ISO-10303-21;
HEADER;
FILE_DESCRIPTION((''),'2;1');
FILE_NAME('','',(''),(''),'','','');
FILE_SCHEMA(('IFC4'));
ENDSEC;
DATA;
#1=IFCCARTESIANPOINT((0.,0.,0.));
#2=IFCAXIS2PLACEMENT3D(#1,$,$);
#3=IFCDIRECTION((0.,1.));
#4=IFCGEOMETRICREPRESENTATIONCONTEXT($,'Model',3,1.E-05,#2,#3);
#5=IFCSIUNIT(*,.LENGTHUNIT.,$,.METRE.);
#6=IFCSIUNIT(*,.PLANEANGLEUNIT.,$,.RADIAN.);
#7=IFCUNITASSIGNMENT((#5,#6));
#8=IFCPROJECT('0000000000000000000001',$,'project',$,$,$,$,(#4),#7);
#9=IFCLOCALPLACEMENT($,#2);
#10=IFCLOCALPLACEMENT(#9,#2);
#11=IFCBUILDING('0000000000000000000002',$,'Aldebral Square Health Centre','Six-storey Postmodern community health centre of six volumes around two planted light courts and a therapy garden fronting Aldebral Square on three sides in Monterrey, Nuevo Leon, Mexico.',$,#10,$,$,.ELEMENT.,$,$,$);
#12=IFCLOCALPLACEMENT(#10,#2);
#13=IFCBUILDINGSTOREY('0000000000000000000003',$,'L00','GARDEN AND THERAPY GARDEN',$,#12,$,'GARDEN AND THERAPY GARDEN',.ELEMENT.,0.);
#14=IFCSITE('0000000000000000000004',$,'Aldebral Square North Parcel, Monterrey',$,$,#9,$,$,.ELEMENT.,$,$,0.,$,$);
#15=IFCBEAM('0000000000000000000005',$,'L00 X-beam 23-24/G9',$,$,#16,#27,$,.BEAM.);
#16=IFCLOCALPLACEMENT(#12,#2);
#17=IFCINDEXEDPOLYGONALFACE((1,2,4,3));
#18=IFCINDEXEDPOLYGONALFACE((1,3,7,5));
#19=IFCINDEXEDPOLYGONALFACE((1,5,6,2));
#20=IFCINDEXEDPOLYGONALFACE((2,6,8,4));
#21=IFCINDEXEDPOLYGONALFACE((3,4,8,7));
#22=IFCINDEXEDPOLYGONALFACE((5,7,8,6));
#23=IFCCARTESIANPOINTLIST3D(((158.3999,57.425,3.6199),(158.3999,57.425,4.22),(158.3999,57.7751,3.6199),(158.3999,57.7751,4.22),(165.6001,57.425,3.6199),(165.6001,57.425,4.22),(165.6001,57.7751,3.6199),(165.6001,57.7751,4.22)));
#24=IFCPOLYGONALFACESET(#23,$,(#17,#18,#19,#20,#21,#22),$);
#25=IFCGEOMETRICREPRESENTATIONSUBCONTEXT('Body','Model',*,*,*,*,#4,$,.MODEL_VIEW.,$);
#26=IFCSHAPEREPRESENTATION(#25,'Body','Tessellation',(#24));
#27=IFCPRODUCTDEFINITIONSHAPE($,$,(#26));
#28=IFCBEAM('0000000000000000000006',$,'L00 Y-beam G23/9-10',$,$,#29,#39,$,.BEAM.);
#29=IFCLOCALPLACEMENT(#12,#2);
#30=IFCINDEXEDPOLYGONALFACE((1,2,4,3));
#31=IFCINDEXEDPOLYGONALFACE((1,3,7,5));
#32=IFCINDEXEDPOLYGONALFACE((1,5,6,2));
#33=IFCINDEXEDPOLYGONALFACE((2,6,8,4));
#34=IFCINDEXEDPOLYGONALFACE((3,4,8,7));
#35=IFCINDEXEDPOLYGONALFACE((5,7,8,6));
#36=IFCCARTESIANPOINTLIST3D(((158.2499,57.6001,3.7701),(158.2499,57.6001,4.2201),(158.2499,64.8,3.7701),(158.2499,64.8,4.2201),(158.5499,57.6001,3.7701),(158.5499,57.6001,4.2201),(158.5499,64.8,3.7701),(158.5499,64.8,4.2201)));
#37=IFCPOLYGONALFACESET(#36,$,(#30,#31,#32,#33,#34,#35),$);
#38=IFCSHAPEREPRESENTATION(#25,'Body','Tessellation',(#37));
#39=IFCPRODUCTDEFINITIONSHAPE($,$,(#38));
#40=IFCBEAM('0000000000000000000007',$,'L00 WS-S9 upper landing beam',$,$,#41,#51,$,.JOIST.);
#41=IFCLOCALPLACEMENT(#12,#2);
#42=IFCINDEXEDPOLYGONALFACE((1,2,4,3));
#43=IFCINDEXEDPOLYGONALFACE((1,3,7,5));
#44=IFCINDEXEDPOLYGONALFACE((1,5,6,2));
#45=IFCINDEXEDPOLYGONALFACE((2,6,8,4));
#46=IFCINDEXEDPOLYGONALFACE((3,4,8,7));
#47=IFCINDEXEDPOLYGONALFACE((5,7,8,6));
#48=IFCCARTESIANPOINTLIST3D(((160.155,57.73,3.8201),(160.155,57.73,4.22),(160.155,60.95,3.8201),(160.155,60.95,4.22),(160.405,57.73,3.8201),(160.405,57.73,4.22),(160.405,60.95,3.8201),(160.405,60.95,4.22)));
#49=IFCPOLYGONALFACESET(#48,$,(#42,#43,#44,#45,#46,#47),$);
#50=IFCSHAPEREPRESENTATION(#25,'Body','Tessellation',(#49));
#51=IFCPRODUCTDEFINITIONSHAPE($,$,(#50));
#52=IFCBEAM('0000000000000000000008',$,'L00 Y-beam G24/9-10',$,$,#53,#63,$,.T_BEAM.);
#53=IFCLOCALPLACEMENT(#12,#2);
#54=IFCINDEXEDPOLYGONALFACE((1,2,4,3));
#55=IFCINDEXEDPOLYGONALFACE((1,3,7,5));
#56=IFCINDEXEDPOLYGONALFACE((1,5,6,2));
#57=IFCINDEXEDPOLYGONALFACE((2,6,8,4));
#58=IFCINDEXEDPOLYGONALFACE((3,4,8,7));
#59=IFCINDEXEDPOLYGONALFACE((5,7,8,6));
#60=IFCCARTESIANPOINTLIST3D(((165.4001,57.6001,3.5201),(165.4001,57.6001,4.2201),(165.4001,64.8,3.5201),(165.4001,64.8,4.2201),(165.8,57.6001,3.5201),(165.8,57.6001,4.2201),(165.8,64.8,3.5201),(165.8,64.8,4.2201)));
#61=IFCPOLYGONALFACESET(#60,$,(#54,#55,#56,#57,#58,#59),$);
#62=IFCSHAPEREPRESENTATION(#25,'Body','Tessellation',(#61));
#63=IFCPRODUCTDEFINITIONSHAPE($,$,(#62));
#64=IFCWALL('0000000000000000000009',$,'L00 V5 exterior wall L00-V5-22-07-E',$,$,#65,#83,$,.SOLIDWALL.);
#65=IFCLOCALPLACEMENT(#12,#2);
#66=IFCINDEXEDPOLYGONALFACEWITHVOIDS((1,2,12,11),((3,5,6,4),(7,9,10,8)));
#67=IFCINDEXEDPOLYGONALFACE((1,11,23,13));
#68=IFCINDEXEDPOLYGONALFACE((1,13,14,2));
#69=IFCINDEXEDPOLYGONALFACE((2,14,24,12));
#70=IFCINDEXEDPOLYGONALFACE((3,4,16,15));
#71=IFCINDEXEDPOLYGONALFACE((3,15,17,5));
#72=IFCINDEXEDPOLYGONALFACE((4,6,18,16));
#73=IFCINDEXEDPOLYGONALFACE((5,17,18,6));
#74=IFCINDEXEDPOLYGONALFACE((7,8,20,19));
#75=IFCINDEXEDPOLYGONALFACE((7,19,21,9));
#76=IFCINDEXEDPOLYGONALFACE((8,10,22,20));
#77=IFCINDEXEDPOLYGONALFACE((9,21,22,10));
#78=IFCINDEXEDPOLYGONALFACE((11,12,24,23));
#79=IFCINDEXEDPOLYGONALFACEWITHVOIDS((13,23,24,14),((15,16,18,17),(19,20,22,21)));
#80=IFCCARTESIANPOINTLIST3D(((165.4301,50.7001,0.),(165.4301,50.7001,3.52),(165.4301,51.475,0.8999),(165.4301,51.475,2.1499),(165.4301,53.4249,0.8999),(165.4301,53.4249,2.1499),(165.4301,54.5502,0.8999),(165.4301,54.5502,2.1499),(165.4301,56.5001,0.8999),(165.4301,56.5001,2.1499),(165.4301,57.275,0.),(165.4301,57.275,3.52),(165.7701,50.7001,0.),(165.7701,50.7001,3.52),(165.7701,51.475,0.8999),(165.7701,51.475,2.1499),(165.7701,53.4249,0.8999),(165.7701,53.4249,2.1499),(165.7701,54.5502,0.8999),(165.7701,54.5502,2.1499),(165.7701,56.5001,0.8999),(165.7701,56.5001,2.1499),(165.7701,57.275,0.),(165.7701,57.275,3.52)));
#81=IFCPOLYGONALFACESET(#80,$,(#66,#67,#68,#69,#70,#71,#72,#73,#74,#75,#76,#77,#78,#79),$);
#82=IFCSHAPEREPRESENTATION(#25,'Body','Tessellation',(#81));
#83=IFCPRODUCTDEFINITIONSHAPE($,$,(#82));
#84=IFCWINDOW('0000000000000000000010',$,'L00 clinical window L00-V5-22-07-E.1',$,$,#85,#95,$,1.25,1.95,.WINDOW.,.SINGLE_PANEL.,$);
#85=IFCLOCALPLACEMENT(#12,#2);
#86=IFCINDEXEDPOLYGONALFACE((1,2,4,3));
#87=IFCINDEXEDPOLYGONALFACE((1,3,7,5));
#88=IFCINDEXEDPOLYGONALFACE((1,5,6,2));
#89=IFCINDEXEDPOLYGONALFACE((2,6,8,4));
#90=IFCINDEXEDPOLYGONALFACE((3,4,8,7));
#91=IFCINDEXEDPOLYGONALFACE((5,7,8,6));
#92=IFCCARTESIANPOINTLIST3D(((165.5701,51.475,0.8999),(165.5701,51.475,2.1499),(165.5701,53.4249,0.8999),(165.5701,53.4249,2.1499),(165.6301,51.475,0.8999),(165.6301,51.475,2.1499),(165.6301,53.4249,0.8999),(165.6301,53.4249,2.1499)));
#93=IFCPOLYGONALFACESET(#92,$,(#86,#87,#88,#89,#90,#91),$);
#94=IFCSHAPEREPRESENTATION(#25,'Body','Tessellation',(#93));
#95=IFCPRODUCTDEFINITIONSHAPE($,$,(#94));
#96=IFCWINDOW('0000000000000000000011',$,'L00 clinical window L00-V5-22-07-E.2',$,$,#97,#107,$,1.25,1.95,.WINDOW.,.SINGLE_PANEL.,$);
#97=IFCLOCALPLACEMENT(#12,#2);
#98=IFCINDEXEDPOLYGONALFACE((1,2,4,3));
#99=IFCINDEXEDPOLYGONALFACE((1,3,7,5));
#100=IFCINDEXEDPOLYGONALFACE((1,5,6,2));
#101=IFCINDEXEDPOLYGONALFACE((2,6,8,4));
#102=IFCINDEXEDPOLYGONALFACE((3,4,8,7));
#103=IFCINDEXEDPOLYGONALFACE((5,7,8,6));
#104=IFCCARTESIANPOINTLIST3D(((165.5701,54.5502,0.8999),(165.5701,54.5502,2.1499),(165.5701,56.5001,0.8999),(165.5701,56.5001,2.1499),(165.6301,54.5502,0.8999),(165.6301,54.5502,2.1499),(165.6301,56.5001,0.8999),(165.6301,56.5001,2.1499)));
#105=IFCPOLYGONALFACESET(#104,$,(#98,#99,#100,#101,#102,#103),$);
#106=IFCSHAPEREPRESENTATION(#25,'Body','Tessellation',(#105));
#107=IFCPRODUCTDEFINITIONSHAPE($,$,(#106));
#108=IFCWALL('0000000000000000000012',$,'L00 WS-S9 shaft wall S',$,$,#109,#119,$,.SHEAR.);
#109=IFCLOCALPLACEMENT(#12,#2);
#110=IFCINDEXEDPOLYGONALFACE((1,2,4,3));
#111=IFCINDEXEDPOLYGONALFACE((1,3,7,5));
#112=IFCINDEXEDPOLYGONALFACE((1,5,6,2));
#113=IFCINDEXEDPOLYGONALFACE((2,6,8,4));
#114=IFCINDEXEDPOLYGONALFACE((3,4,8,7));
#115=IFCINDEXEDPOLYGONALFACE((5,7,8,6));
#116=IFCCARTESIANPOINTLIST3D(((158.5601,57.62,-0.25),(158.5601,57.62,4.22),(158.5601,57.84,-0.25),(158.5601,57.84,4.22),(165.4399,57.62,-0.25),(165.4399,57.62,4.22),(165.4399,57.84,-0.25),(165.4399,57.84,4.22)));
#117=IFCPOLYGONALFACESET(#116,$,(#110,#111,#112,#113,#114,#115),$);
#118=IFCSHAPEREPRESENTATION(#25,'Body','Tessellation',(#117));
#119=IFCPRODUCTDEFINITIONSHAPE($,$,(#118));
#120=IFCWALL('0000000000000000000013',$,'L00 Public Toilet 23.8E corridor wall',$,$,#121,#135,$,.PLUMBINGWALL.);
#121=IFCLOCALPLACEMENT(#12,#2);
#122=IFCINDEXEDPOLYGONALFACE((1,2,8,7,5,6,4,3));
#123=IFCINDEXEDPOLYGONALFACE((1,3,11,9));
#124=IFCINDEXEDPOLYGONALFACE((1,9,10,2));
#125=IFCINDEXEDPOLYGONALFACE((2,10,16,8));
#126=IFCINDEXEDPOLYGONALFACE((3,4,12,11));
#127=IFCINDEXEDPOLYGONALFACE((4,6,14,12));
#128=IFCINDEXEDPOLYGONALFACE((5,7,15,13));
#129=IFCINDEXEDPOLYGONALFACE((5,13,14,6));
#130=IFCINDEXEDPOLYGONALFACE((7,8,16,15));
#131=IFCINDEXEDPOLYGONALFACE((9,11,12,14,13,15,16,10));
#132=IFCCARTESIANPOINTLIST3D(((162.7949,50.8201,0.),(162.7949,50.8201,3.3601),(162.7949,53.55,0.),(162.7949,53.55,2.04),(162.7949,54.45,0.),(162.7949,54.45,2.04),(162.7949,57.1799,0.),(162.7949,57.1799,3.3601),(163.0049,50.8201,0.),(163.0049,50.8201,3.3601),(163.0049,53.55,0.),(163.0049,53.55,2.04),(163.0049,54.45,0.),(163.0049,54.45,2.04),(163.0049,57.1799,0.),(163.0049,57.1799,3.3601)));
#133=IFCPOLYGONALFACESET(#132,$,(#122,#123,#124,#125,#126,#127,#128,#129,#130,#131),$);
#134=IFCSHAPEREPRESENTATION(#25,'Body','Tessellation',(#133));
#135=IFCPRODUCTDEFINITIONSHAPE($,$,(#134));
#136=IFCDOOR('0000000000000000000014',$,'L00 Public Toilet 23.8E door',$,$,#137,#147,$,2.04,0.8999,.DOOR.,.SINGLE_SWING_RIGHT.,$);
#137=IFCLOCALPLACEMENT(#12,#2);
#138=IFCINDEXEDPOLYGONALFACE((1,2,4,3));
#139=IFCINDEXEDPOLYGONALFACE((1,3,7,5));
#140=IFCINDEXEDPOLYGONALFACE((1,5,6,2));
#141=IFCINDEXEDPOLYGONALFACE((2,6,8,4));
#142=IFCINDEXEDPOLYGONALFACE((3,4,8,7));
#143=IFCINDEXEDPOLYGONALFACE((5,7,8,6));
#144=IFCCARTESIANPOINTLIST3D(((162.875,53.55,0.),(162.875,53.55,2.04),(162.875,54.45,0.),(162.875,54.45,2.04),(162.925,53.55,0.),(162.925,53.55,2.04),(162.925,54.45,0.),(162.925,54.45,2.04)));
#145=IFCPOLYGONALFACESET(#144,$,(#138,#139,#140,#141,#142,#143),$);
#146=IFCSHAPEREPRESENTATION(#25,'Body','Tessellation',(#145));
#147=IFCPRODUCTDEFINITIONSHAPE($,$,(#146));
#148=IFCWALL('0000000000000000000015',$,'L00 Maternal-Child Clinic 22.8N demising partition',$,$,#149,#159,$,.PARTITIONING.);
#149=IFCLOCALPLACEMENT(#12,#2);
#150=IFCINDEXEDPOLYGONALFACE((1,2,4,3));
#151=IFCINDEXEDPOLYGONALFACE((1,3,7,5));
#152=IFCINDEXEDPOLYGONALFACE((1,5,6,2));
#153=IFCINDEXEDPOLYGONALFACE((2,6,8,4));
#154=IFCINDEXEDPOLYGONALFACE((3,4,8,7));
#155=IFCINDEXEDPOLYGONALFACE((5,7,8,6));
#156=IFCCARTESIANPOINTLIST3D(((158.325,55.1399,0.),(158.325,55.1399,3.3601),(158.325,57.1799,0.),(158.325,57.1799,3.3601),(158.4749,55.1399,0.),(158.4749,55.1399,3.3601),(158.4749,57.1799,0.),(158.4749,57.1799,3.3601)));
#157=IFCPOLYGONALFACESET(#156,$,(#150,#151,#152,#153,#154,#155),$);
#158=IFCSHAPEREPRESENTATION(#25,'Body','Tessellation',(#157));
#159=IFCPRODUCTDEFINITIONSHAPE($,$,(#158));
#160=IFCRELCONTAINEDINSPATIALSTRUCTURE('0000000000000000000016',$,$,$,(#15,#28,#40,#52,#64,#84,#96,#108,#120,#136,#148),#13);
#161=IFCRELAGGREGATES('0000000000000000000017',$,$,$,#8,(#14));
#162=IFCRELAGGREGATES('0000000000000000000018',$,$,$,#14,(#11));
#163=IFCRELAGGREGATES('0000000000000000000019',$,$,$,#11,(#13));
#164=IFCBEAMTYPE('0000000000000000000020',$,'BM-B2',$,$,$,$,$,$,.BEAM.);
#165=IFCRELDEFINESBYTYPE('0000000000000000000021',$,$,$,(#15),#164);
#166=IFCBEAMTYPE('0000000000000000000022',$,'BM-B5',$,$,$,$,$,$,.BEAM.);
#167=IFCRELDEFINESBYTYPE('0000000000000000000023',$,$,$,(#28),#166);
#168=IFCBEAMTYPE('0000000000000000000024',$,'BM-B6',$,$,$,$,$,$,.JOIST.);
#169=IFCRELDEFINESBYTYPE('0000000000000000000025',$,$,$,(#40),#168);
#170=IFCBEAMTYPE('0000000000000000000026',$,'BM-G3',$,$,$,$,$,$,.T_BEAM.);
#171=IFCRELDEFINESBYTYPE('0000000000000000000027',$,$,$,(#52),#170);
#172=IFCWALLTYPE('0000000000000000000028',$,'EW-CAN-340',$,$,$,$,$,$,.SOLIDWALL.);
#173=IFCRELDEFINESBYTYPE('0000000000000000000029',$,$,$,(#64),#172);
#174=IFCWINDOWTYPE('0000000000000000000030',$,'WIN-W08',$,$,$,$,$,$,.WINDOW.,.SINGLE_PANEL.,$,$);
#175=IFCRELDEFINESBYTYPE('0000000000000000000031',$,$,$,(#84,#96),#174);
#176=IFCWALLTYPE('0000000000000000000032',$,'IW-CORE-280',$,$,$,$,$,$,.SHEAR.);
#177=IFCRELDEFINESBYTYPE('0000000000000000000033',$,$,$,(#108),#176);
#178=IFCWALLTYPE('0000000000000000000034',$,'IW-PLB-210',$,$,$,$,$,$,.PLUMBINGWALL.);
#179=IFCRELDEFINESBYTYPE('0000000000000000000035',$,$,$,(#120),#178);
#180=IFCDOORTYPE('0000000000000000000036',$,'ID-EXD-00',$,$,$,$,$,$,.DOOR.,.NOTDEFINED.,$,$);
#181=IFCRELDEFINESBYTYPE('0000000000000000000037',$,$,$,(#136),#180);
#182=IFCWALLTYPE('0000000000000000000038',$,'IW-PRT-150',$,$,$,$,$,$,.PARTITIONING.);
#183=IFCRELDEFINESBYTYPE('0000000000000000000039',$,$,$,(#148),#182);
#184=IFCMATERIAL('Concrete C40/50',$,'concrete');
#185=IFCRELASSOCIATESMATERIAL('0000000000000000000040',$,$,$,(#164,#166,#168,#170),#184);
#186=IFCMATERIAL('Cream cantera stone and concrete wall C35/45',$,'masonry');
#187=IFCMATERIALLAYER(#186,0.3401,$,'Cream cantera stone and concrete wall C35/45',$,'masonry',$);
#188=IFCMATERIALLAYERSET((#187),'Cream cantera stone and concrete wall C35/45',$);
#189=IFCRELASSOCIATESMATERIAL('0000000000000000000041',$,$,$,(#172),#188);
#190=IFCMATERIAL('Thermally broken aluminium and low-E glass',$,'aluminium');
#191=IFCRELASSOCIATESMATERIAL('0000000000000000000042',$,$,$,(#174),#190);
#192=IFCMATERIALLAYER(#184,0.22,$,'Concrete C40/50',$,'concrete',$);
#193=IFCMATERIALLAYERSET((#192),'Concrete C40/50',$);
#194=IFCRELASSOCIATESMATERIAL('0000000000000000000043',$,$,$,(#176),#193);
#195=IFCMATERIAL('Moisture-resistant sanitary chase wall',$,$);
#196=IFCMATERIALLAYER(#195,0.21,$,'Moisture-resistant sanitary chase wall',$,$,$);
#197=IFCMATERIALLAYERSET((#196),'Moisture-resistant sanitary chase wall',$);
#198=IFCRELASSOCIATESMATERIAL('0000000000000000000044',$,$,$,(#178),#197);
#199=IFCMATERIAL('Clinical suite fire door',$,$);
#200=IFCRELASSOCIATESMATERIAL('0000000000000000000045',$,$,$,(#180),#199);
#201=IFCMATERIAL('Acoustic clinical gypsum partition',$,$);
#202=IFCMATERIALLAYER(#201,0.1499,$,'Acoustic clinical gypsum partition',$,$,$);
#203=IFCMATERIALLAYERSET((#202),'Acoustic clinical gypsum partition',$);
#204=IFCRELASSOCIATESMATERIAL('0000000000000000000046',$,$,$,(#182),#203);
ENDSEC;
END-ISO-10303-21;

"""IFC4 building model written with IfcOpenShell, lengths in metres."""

from ifc_helpers import new_model, si_unit, direction, frame, frame_2d, origin, origin_2d, place, context, subcontext, project, spatial, rectangle, extrude, material, layer, layer_set, material_profile, profile_set, type_object, element, fill, save


model = new_model("IFC4")

# Units and contexts
model_context = context("Model", 3, precision=1e-05, world=origin(), true_north=direction((0.0, 1.0)))
body_context = subcontext(model_context, "Body", "Model", "MODEL_VIEW")
ifc_project = project(units=[si_unit("LENGTHUNIT", "METRE"), si_unit("PLANEANGLEUNIT", "RADIAN")], contexts=[model_context])

# Site, building, storey
site_placement = place(None, origin())
site = spatial("IfcSite", under=ifc_project, at=site_placement, Name="Aldebral Square North Parcel, Monterrey", CompositionType="ELEMENT", RefElevation=0.0)
building_placement = place(site_placement, origin())
building = spatial("IfcBuilding", under=site, at=building_placement, Name="Aldebral Square Health Centre", Description="Six-storey Postmodern community health centre of six volumes around two planted light courts and a therapy garden fronting Aldebral Square on three sides in Monterrey, Nuevo Leon, Mexico.", CompositionType="ELEMENT")
storey_placement = place(building_placement, origin())
storey = spatial("IfcBuildingStorey", under=building, at=storey_placement, Name="L00", Description="GARDEN AND THERAPY GARDEN", LongName="GARDEN AND THERAPY GARDEN", CompositionType="ELEMENT", Elevation=0.0)

# Shared definitions
ifc_material_1 = material(Name="Concrete C40/50", Category="concrete")

# Beams
ifc_material_profile_1 = material_profile(ifc_material_1, rectangle(XDim=0.3501, YDim=0.6001, at=origin_2d()), Name="RC 350x600")
ifc_profile_set_1 = profile_set([ifc_material_profile_1], Name="Concrete C40/50")
beam_type_1 = type_object("IfcBeamType", Name="BM-B2", PredefinedType="BEAM", material=ifc_profile_set_1)
beam_1_placement = place(storey_placement, frame((158.3999, 57.6001, 3.9199), z_axis=(1.0, 0.0, 0.0), x_axis=(0.0, 1.0, 0.0)))
element("IfcBeam", 1, at=beam_1_placement, inside=storey, type_object=beam_type_1, Name="L00 X-beam 23-24/G9", PredefinedType="BEAM", context=body_context, shape_type="SweptSolid", body=[
    extrude(rectangle(XDim=0.3501, YDim=0.6001, at=origin_2d()), origin(), (0.0, 0.0, 1.0), 7.2002),
])
ifc_material_profile_2 = material_profile(ifc_material_1, rectangle(XDim=0.3, YDim=0.45, at=origin_2d()), Name="RC 300x450")
ifc_profile_set_2 = profile_set([ifc_material_profile_2], Name="Concrete C40/50")
beam_type_2 = type_object("IfcBeamType", Name="BM-B5", PredefinedType="BEAM", material=ifc_profile_set_2)
beam_2_placement = place(storey_placement, frame((158.3999, 57.6001, 3.9951), z_axis=(0.0, 1.0, 0.0), x_axis=(-1.0, 0.0, 0.0)))
element("IfcBeam", 2, at=beam_2_placement, inside=storey, type_object=beam_type_2, Name="L00 Y-beam G23/9-10", PredefinedType="BEAM", context=body_context, shape_type="SweptSolid", body=[
    extrude(rectangle(XDim=0.3, YDim=0.45, at=origin_2d()), origin(), (0.0, 0.0, 1.0), 7.2),
])
ifc_material_profile_3 = material_profile(ifc_material_1, rectangle(XDim=0.25, YDim=0.3999, at=origin_2d()), Name="RC 250x400")
ifc_profile_set_3 = profile_set([ifc_material_profile_3], Name="Concrete C40/50")
beam_type_3 = type_object("IfcBeamType", Name="BM-B6", PredefinedType="JOIST", material=ifc_profile_set_3)
beam_3_placement = place(storey_placement, frame((160.28, 57.73, 4.02), z_axis=(0.0, 1.0, 0.0), x_axis=(-1.0, 0.0, 0.0)))
element("IfcBeam", 3, at=beam_3_placement, inside=storey, type_object=beam_type_3, Name="L00 WS-S9 upper landing beam", PredefinedType="JOIST", context=body_context, shape_type="SweptSolid", body=[
    extrude(rectangle(XDim=0.25, YDim=0.3999, at=origin_2d()), origin(), (0.0, 0.0, 1.0), 3.22),
])
ifc_material_profile_4 = material_profile(ifc_material_1, rectangle(XDim=0.3999, YDim=0.7, at=origin_2d()), Name="RC 400x700")
ifc_profile_set_4 = profile_set([ifc_material_profile_4], Name="Concrete C40/50")
beam_type_4 = type_object("IfcBeamType", Name="BM-G3", PredefinedType="T_BEAM", material=ifc_profile_set_4)
beam_4_placement = place(storey_placement, frame((165.6001, 57.6001, 3.8701), z_axis=(0.0, 1.0, 0.0), x_axis=(-1.0, 0.0, 0.0)))
element("IfcBeam", 4, at=beam_4_placement, inside=storey, type_object=beam_type_4, Name="L00 Y-beam G24/9-10", PredefinedType="T_BEAM", context=body_context, shape_type="SweptSolid", body=[
    extrude(rectangle(XDim=0.3999, YDim=0.7, at=origin_2d()), origin(), (0.0, 0.0, 1.0), 7.2),
])

# Wall, openings, windows
ifc_material_2 = material(Name="Cream cantera stone and concrete wall C35/45", Category="masonry")
ifc_layer_1 = layer(ifc_material_2, 0.3401, Name="Cream cantera stone and concrete wall C35/45", Category="masonry")
ifc_layer_set_1 = layer_set([ifc_layer_1], Name="Cream cantera stone and concrete wall C35/45")
wall_type_1 = type_object("IfcWallType", Name="EW-CAN-340", PredefinedType="SOLIDWALL", material=ifc_layer_set_1)
wall_1_placement = place(storey_placement, frame((165.6001, 50.7, 0.0), z_axis=(0.0, 0.0, 1.0), x_axis=(0.0, 1.0, 0.0)))
wall_1 = element("IfcWall", 5, at=wall_1_placement, inside=storey, type_object=wall_type_1, Name="L00 V5 exterior wall L00-V5-22-07-E", PredefinedType="SOLIDWALL", context=body_context, shape_type="SweptSolid", body=[
    extrude(rectangle(XDim=6.575, YDim=0.3401, at=frame_2d((3.2876, 0.0))), origin(), (0.0, 0.0, 1.0), 3.52),
])
opening_1_placement = place(wall_1_placement, frame((0.7749, 0.0, 0.8999)))
opening_1 = element("IfcOpeningElement", 6, at=opening_1_placement, cuts=wall_1, PredefinedType="OPENING", context=body_context, shape_type="SweptSolid", body=[
    extrude(rectangle(XDim=1.95, YDim=1.25, at=frame_2d((0.9751, 0.625))), frame((0.0, 0.1802, 0.0), z_axis=(0.0, -1.0, 0.0), x_axis=(1.0, 0.0, 0.0)), (0.0, 0.0, 1.0), 0.3601),
])
opening_2_placement = place(wall_1_placement, frame((3.8501, 0.0, 0.8999)))
opening_2 = element("IfcOpeningElement", 7, at=opening_2_placement, cuts=wall_1, PredefinedType="OPENING", context=body_context, shape_type="SweptSolid", body=[
    extrude(rectangle(XDim=1.95, YDim=1.25, at=frame_2d((0.9751, 0.625))), frame((0.0, 0.1802, 0.0), z_axis=(0.0, -1.0, 0.0), x_axis=(1.0, 0.0, 0.0)), (0.0, 0.0, 1.0), 0.3601),
])
ifc_material_3 = material(Name="Thermally broken aluminium and low-E glass", Category="aluminium")
window_type = type_object("IfcWindowType", Name="WIN-W08", PartitioningType="SINGLE_PANEL", PredefinedType="WINDOW", material=ifc_material_3)
window_1_placement = place(opening_1_placement, origin())
window_1 = element("IfcWindow", 8, at=window_1_placement, inside=storey, type_object=window_type, Name="L00 clinical window L00-V5-22-07-E.1", OverallHeight=1.25, OverallWidth=1.95, PartitioningType="SINGLE_PANEL", PredefinedType="WINDOW", context=body_context, shape_type="SweptSolid", body=[
    extrude(rectangle(XDim=1.95, YDim=1.25, at=frame_2d((0.9751, 0.625))), frame((0.0, 0.03, 0.0), z_axis=(0.0, -1.0, 0.0), x_axis=(1.0, 0.0, 0.0)), (0.0, 0.0, 1.0), 0.0601),
])
fill(opening_1, window_1)
window_2_placement = place(opening_2_placement, origin())
window_2 = element("IfcWindow", 9, at=window_2_placement, inside=storey, type_object=window_type, Name="L00 clinical window L00-V5-22-07-E.2", OverallHeight=1.25, OverallWidth=1.95, PartitioningType="SINGLE_PANEL", PredefinedType="WINDOW", context=body_context, shape_type="SweptSolid", body=[
    extrude(rectangle(XDim=1.95, YDim=1.25, at=frame_2d((0.9751, 0.625))), frame((0.0, 0.03, 0.0), z_axis=(0.0, -1.0, 0.0), x_axis=(1.0, 0.0, 0.0)), (0.0, 0.0, 1.0), 0.0601),
])
fill(opening_2, window_2)

# Wall
ifc_layer_2 = layer(ifc_material_1, 0.22, Name="Concrete C40/50", Category="concrete")
ifc_layer_set_2 = layer_set([ifc_layer_2], Name="Concrete C40/50")
wall_type_2 = type_object("IfcWallType", Name="IW-CORE-280", PredefinedType="SHEAR", material=ifc_layer_set_2)
wall_2_placement = place(storey_placement, frame((158.5601, 57.73, -0.25), z_axis=(0.0, 0.0, 1.0), x_axis=(1.0, 0.0, 0.0)))
element("IfcWall", 10, at=wall_2_placement, inside=storey, type_object=wall_type_2, Name="L00 WS-S9 shaft wall S", PredefinedType="SHEAR", context=body_context, shape_type="SweptSolid", body=[
    extrude(rectangle(XDim=6.8799, YDim=0.22, at=frame_2d((3.4399, 0.0))), origin(), (0.0, 0.0, 1.0), 4.47),
])

# Wall, opening, door
ifc_material_4 = material(Name="Moisture-resistant sanitary chase wall")
ifc_layer_3 = layer(ifc_material_4, 0.21, Name="Moisture-resistant sanitary chase wall")
ifc_layer_set_3 = layer_set([ifc_layer_3], Name="Moisture-resistant sanitary chase wall")
wall_type_3 = type_object("IfcWallType", Name="IW-PLB-210", PredefinedType="PLUMBINGWALL", material=ifc_layer_set_3)
wall_3_placement = place(storey_placement, frame((162.8999, 50.8201, 0.0), z_axis=(0.0, 0.0, 1.0), x_axis=(0.0, 1.0, 0.0)))
wall_3 = element("IfcWall", 11, at=wall_3_placement, inside=storey, type_object=wall_type_3, Name="L00 Public Toilet 23.8E corridor wall", PredefinedType="PLUMBINGWALL", context=body_context, shape_type="SweptSolid", body=[
    extrude(rectangle(XDim=6.3599, YDim=0.21, at=frame_2d((3.1799, 0.0))), origin(), (0.0, 0.0, 1.0), 3.3601),
])
opening_3_placement = place(wall_3_placement, frame((2.73, 0.0, 0.0)))
opening_3 = element("IfcOpeningElement", 12, at=opening_3_placement, cuts=wall_3, PredefinedType="OPENING", context=body_context, shape_type="SweptSolid", body=[
    extrude(rectangle(XDim=0.8999, YDim=2.04, at=frame_2d((0.45, 1.02))), frame((0.0, 0.115, 0.0), z_axis=(0.0, -1.0, 0.0), x_axis=(1.0, 0.0, 0.0)), (0.0, 0.0, 1.0), 0.23),
])
ifc_material_5 = material(Name="Clinical suite fire door")
door_type = type_object("IfcDoorType", Name="ID-EXD-00", OperationType="NOTDEFINED", PredefinedType="DOOR", material=ifc_material_5)
door_placement = place(opening_3_placement, origin())
door = element("IfcDoor", 13, at=door_placement, inside=storey, type_object=door_type, Name="L00 Public Toilet 23.8E door", OperationType="SINGLE_SWING_RIGHT", OverallHeight=2.04, OverallWidth=0.8999, PredefinedType="DOOR", context=body_context, shape_type="SweptSolid", body=[
    extrude(rectangle(XDim=0.8999, YDim=2.04, at=frame_2d((0.45, 1.02))), frame((0.0, 0.0249, 0.0), z_axis=(0.0, -1.0, 0.0), x_axis=(1.0, 0.0, 0.0)), (0.0, 0.0, 1.0), 0.05),
])
fill(opening_3, door)

# Wall
ifc_material_6 = material(Name="Acoustic clinical gypsum partition")
ifc_layer_4 = layer(ifc_material_6, 0.1499, Name="Acoustic clinical gypsum partition")
ifc_layer_set_4 = layer_set([ifc_layer_4], Name="Acoustic clinical gypsum partition")
wall_type_4 = type_object("IfcWallType", Name="IW-PRT-150", PredefinedType="PARTITIONING", material=ifc_layer_set_4)
wall_4_placement = place(storey_placement, frame((158.3999, 55.1399, 0.0), z_axis=(0.0, 0.0, 1.0), x_axis=(0.0, 1.0, 0.0)))
element("IfcWall", 14, at=wall_4_placement, inside=storey, type_object=wall_type_4, Name="L00 Maternal-Child Clinic 22.8N demising partition", PredefinedType="PARTITIONING", context=body_context, shape_type="SweptSolid", body=[
    extrude(rectangle(XDim=2.04, YDim=0.1499, at=frame_2d((1.02, 0.0))), origin(), (0.0, 0.0, 1.0), 3.3601),
])

save(model, "model.ifc")
